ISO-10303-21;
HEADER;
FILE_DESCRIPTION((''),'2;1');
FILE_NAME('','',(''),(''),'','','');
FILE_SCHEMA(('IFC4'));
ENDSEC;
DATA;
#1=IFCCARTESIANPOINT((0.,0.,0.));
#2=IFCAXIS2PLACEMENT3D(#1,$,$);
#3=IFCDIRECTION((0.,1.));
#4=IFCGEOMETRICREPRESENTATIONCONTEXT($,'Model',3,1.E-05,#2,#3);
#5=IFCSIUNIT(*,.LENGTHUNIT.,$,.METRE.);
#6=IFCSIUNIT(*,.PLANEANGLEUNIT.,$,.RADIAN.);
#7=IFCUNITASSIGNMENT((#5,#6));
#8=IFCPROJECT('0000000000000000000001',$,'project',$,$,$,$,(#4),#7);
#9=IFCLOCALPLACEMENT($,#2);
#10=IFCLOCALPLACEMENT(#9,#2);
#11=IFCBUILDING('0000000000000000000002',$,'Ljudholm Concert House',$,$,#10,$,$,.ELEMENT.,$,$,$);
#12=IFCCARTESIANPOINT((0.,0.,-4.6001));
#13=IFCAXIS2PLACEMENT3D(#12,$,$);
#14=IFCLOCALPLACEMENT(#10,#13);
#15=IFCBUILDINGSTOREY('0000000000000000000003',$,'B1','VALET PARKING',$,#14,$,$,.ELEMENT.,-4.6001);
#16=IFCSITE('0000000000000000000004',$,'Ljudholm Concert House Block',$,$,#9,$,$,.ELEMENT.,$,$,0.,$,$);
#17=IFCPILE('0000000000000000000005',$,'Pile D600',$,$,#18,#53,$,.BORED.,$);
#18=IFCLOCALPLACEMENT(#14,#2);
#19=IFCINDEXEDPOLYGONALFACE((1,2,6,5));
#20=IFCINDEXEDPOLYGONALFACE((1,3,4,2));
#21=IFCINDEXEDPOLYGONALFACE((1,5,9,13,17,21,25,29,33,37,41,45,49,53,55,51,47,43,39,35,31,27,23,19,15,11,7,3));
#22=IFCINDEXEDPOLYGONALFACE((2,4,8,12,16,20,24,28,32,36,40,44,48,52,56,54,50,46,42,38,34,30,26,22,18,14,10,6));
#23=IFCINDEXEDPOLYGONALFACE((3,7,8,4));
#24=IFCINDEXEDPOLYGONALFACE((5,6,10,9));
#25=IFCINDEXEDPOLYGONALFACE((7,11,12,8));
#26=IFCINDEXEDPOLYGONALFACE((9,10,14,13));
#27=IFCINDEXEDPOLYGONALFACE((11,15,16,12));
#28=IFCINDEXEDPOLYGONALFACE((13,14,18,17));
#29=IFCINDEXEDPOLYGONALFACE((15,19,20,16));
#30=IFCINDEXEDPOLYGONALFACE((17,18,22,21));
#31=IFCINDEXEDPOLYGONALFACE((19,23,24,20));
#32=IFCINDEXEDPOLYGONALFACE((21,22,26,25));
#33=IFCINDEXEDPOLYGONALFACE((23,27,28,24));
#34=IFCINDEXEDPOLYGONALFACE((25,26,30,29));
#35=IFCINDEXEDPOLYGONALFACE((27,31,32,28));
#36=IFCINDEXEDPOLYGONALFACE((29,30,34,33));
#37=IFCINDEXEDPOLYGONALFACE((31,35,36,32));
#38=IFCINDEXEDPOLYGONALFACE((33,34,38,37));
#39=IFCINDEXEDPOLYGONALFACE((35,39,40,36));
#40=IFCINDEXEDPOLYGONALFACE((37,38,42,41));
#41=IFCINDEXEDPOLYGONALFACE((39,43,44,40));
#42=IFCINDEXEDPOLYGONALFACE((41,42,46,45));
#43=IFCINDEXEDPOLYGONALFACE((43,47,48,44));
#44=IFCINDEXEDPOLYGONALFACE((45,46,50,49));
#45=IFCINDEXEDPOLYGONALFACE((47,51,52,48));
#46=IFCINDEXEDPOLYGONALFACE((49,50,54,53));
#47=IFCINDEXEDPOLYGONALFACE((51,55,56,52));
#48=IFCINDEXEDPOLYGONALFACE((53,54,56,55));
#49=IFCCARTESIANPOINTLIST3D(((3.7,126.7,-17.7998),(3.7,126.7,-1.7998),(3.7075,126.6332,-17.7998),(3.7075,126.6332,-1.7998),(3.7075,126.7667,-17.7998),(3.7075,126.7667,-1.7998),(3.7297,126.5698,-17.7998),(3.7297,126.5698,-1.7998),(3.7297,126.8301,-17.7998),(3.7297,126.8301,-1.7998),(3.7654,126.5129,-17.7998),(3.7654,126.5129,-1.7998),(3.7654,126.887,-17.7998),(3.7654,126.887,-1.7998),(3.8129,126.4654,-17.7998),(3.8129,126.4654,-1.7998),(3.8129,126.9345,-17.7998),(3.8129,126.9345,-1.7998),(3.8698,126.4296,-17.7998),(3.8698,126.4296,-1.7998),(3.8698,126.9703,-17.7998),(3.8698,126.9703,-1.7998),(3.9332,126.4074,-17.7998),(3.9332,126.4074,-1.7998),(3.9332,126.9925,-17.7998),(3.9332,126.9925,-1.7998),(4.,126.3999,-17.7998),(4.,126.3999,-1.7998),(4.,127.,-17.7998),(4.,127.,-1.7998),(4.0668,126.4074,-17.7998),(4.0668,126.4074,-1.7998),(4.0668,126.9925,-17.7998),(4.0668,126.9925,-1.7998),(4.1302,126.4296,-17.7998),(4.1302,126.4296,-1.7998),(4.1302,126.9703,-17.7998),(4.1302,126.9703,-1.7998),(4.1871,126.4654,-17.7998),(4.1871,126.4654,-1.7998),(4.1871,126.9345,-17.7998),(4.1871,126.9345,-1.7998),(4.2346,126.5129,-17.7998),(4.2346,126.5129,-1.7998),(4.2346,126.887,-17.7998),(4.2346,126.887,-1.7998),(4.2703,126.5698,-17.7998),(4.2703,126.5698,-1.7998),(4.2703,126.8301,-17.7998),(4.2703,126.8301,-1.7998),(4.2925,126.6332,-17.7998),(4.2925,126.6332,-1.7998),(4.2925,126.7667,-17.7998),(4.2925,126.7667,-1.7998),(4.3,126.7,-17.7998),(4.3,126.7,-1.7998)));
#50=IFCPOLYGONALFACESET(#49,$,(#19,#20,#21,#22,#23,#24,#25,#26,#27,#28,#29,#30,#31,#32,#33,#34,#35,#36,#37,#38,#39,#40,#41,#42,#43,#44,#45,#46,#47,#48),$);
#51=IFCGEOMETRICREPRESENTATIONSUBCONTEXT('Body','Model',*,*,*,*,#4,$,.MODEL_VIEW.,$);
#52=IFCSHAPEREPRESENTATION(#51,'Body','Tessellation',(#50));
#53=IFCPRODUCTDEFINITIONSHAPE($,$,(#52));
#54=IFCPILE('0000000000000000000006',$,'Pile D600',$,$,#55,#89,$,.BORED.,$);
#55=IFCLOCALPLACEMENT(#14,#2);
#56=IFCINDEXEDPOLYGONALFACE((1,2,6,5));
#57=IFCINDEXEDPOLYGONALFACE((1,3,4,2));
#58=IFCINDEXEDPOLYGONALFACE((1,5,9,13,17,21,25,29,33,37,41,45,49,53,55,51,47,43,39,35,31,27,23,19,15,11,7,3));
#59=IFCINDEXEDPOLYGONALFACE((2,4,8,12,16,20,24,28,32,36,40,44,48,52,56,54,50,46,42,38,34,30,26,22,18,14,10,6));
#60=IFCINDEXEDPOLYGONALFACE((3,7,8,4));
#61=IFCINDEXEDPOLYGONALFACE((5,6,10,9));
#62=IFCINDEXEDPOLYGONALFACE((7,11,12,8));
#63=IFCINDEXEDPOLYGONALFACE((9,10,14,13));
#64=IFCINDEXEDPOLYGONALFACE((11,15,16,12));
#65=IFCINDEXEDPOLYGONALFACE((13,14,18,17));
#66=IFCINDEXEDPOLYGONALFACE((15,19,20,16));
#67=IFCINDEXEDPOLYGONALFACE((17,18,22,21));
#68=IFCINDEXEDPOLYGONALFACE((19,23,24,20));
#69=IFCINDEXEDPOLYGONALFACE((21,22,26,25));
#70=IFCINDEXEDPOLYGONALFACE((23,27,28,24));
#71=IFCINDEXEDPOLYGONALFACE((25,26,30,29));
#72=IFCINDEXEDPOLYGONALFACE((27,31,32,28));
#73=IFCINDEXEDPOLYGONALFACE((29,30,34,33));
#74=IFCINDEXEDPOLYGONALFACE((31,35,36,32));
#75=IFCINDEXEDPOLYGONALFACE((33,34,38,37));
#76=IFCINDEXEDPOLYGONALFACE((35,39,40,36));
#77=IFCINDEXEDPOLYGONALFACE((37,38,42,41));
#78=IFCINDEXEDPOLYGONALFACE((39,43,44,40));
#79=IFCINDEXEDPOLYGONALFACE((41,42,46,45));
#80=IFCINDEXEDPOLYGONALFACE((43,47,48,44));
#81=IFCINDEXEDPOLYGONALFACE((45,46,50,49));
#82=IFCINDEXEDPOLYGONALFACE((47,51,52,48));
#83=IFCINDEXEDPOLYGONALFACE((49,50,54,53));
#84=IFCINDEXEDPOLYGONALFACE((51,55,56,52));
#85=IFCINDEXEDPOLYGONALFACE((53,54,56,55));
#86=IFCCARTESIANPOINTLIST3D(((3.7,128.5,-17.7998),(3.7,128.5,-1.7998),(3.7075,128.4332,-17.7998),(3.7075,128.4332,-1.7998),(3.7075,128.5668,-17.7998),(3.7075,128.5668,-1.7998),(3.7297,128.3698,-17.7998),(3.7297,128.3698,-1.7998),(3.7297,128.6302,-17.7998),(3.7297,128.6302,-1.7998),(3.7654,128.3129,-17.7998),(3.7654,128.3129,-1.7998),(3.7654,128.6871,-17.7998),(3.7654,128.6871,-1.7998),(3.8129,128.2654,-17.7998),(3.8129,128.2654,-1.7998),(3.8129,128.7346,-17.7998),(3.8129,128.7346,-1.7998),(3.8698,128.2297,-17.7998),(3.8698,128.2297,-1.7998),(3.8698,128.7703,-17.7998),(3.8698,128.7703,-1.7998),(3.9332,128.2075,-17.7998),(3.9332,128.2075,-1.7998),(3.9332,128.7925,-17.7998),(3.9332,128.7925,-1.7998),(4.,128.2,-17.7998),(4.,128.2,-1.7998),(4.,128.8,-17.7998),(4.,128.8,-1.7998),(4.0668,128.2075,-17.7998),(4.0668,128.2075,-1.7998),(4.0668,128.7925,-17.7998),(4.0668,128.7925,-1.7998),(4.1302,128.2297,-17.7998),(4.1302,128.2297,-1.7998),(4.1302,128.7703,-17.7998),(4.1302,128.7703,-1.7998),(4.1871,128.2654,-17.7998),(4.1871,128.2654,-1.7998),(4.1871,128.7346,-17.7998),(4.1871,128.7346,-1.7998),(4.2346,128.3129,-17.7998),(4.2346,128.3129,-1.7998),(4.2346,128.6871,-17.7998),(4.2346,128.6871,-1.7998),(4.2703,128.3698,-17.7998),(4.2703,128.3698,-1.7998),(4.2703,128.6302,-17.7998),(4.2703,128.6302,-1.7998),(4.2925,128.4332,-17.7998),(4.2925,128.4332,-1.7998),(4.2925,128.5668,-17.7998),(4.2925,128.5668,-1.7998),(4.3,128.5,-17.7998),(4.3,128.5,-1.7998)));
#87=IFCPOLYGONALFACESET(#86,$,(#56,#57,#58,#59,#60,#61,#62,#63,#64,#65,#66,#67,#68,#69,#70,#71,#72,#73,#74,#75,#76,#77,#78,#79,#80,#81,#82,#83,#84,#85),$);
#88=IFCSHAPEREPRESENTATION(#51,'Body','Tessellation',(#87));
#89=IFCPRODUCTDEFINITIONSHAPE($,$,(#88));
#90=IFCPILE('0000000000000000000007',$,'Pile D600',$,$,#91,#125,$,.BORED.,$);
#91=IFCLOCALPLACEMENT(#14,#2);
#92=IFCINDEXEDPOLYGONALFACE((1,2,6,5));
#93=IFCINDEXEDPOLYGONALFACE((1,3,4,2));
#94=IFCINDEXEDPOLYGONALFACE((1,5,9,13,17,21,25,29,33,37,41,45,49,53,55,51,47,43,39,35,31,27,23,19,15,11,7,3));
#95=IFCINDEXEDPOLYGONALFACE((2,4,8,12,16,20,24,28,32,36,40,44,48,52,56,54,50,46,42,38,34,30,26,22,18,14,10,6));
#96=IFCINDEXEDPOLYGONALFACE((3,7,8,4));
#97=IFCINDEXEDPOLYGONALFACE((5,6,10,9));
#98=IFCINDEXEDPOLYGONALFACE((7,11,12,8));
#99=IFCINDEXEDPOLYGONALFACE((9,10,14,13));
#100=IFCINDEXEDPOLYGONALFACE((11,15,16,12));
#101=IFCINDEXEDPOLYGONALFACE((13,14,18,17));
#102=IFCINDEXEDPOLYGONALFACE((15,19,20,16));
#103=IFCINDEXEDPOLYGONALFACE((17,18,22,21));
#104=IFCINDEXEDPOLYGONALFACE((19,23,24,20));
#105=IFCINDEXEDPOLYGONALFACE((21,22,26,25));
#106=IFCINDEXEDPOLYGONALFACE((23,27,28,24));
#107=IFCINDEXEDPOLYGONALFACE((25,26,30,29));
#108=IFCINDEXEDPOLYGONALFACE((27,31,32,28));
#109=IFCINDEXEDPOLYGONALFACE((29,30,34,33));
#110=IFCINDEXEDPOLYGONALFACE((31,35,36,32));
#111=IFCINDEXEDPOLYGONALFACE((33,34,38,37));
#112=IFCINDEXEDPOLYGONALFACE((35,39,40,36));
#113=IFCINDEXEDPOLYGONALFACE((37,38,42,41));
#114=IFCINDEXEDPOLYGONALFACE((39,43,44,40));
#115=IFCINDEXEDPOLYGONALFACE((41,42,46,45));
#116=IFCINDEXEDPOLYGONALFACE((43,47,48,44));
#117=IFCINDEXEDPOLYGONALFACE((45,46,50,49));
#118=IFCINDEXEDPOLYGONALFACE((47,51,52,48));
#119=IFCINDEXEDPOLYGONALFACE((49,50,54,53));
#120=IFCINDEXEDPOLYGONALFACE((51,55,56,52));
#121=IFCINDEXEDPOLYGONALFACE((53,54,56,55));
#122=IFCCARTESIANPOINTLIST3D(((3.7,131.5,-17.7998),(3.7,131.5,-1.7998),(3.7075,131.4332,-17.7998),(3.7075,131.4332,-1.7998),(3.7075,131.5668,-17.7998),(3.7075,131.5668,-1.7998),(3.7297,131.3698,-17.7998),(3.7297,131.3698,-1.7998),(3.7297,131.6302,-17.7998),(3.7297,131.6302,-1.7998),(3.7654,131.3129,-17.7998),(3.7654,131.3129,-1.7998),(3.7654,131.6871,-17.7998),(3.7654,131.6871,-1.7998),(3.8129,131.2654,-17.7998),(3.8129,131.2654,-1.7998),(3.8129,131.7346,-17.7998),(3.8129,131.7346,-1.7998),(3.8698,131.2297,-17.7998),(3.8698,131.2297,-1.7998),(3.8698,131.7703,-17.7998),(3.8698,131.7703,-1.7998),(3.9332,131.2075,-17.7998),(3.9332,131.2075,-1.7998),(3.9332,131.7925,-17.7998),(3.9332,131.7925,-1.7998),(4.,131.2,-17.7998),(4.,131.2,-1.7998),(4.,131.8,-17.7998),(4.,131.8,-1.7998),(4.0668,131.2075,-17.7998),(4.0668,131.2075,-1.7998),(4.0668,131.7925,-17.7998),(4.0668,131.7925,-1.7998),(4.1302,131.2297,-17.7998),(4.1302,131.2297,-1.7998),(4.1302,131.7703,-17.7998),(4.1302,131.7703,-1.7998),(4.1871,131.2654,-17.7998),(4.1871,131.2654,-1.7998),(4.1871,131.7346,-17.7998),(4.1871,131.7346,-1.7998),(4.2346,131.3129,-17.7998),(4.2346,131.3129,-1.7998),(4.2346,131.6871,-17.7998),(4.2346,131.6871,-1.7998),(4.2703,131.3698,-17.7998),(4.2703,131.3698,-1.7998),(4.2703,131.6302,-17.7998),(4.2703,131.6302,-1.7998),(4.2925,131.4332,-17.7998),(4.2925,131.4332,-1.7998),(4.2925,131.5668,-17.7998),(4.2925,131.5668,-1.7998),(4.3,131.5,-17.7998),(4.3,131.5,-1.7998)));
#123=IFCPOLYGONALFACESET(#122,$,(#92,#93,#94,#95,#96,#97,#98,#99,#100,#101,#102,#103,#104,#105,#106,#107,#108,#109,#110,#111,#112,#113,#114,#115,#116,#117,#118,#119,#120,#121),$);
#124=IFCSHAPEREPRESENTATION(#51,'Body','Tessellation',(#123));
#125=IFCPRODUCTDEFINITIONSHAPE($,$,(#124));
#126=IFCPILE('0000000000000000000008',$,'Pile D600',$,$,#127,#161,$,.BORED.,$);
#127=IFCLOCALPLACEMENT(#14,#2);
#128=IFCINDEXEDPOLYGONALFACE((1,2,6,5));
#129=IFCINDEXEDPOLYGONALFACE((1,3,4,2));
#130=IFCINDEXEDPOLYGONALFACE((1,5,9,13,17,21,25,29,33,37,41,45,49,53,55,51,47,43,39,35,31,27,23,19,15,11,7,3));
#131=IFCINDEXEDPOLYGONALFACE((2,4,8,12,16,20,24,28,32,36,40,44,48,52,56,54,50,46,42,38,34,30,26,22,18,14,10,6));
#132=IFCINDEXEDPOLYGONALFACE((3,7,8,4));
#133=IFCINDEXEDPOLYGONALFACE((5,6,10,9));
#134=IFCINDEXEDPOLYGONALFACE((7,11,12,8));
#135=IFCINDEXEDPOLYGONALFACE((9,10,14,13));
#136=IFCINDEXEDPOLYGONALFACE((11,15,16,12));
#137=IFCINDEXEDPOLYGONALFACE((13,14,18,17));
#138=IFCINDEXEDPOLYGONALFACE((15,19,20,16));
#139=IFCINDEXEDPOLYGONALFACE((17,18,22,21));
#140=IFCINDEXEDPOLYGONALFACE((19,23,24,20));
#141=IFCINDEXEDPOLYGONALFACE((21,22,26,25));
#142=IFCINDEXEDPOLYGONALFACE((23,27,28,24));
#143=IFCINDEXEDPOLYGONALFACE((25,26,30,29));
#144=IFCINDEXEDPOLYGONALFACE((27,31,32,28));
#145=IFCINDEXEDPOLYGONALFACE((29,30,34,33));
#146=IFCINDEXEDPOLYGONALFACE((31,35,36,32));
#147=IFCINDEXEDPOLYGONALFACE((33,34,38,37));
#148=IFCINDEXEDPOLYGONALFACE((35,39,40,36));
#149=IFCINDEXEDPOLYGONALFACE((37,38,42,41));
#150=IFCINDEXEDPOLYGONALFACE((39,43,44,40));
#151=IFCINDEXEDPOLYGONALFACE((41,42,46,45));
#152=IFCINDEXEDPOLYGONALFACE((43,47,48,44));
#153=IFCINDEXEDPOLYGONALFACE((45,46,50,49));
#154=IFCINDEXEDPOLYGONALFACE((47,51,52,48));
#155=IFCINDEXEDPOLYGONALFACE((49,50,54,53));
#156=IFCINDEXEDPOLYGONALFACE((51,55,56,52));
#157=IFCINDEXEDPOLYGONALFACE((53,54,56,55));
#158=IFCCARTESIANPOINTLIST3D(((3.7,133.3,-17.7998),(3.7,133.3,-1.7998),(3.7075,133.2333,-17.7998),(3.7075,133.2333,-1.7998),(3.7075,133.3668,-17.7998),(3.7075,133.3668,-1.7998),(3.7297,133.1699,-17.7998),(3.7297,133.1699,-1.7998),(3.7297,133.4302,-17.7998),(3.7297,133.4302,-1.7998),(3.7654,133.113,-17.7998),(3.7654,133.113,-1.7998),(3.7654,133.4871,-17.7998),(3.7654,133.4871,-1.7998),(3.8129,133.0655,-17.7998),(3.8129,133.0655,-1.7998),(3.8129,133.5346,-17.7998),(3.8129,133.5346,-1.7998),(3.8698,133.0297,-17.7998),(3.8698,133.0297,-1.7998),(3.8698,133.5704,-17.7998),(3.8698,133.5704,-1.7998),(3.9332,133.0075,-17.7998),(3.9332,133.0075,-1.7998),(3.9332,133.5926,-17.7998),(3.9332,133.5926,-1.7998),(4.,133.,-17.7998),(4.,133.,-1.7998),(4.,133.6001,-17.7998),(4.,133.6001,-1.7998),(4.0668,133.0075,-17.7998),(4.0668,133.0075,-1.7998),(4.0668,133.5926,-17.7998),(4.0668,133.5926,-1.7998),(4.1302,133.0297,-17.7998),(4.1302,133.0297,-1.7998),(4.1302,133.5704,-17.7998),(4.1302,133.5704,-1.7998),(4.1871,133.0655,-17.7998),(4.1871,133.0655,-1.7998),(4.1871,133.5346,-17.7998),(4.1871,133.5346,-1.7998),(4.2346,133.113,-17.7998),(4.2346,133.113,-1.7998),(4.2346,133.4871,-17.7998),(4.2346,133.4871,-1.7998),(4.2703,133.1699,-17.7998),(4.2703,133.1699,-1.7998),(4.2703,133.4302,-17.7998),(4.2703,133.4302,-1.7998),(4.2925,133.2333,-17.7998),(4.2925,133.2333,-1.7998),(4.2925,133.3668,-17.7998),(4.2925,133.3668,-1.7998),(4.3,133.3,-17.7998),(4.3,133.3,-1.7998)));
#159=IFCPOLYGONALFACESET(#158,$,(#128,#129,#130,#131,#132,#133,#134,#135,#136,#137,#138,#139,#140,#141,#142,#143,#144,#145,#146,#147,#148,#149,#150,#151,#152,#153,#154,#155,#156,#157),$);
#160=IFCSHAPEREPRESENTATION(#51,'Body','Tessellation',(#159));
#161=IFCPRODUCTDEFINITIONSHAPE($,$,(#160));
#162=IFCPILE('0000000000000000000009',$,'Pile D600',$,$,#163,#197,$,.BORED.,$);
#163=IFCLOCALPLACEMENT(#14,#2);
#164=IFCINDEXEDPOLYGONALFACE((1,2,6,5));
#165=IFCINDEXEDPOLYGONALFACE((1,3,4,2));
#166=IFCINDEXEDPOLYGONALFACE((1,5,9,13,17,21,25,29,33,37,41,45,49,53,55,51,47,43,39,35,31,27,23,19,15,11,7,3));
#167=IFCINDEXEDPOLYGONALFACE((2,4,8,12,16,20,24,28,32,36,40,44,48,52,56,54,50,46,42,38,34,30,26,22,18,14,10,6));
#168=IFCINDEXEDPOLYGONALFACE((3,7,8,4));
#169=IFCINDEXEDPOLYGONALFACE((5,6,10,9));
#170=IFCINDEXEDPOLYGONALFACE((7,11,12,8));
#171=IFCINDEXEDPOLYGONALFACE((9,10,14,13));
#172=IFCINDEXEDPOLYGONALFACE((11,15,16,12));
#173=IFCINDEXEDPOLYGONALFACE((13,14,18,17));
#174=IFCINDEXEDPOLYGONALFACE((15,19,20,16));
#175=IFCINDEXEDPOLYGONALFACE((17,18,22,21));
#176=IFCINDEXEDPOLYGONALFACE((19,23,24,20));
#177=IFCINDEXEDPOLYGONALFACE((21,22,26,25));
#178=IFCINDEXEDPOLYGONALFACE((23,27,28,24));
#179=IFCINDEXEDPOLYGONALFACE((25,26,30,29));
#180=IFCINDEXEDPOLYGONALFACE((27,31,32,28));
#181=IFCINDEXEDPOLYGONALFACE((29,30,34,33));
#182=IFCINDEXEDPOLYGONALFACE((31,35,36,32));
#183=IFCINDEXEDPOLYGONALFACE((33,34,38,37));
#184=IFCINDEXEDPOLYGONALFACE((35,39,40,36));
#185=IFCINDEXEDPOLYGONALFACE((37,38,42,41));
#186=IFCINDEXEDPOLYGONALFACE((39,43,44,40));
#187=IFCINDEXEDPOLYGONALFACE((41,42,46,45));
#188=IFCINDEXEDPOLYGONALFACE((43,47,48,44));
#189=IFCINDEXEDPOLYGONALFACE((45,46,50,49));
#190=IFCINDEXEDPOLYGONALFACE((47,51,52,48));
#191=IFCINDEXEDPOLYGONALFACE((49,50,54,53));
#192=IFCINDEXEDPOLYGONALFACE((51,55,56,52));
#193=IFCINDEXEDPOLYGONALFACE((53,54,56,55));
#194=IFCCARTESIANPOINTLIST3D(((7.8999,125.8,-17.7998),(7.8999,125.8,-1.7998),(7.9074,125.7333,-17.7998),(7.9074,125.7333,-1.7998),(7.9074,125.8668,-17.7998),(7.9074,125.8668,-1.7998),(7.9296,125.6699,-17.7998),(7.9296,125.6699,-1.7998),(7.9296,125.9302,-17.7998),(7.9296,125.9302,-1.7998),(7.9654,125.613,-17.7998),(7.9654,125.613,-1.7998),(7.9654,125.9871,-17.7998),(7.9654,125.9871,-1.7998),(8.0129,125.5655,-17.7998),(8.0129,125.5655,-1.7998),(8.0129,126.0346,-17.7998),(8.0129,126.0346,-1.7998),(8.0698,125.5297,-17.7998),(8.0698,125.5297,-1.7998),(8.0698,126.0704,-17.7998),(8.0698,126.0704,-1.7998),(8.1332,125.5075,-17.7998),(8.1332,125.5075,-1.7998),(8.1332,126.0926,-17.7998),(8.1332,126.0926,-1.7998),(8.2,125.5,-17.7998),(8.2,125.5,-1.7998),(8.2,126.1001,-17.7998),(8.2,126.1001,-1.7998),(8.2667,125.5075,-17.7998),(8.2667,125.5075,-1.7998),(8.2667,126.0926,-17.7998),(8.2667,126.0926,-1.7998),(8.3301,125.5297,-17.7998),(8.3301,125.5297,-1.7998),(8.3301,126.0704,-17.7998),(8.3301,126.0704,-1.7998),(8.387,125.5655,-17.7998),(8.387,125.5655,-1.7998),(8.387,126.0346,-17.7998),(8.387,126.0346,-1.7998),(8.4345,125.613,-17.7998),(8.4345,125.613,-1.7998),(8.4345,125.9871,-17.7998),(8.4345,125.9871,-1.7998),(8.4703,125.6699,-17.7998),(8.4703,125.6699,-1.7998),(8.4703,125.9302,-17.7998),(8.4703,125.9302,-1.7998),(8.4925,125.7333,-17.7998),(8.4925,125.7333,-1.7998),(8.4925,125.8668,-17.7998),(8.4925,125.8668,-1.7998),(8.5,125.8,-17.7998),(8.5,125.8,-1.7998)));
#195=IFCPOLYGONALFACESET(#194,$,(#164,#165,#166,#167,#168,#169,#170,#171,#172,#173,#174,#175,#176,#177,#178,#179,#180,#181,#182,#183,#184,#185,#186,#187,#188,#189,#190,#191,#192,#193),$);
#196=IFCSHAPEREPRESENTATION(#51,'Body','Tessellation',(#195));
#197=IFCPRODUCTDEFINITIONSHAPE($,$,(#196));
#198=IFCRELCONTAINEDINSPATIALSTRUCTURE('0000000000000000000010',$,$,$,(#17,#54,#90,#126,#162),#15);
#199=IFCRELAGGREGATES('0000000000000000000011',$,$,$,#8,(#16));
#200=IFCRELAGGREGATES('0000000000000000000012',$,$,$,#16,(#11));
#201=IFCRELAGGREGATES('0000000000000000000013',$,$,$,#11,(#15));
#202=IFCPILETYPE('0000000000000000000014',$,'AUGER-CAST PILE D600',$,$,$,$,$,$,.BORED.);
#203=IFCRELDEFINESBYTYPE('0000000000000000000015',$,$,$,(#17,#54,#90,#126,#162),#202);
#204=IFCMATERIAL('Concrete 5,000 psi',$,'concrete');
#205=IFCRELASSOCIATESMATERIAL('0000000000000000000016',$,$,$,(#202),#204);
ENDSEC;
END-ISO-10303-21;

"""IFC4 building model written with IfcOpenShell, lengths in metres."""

from ifc_helpers import new_model, si_unit, direction, frame, origin, origin_2d, place, context, subcontext, project, spatial, circle, extrude, material, material_profile, profile_set, type_object, element, save


model = new_model("IFC4")

# Units and contexts
model_context = context("Model", 3, precision=1e-05, world=origin(), true_north=direction((0.0, 1.0)))
body_context = subcontext(model_context, "Body", "Model", "MODEL_VIEW")
ifc_project = project(units=[si_unit("LENGTHUNIT", "METRE"), si_unit("PLANEANGLEUNIT", "RADIAN")], contexts=[model_context])

# Site, building, storey
site_placement = place(None, origin())
site = spatial("IfcSite", under=ifc_project, at=site_placement, Name="Ljudholm Concert House Block", CompositionType="ELEMENT", RefElevation=0.0)
building_placement = place(site_placement, origin())
building = spatial("IfcBuilding", under=site, at=building_placement, Name="Ljudholm Concert House", CompositionType="ELEMENT")
storey_placement = place(building_placement, frame((0.0, 0.0, -4.6001)))
storey = spatial("IfcBuildingStorey", under=building, at=storey_placement, Name="B1", Description="VALET PARKING", CompositionType="ELEMENT", Elevation=-4.6001)

# Piles
ifc_material_1 = material(Name="Concrete 5,000 psi", Category="concrete")
ifc_material_profile_1 = material_profile(ifc_material_1, circle(Radius=0.3, at=origin_2d()), Name="AUGER-CAST PILE D600")
ifc_profile_set_1 = profile_set([ifc_material_profile_1], Name="Concrete 5,000 psi")
pile_type = type_object("IfcPileType", Name="AUGER-CAST PILE D600", PredefinedType="BORED", material=ifc_profile_set_1)
for number, where, z_axis, x_axis, name in (
    (1, (4.0, 126.7, -1.7998), (0.0, 0.0, -1.0), (1.0, 0.0, 0.0), "Pile D600"),
    (2, (4.0, 128.5, -1.7998), (0.0, 0.0, -1.0), (1.0, 0.0, 0.0), "Pile D600"),
    (3, (4.0, 131.5, -1.7998), (0.0, 0.0, -1.0), (1.0, 0.0, 0.0), "Pile D600"),
    (4, (4.0, 133.3, -1.7998), (0.0, 0.0, -1.0), (1.0, 0.0, 0.0), "Pile D600"),
    (5, (8.2, 125.8, -1.7998), (0.0, 0.0, -1.0), (1.0, 0.0, 0.0), "Pile D600"),
):
    element("IfcPile", number, at=place(storey_placement, frame(where, z_axis=z_axis, x_axis=x_axis)), inside=storey, type_object=pile_type, Name=name, PredefinedType="BORED", context=body_context, shape_type="SweptSolid", body=[
        extrude(circle(Radius=0.3, at=origin_2d()), origin(), (0.0, 0.0, 1.0), 16.0),
    ])

save(model, "model.ifc")
